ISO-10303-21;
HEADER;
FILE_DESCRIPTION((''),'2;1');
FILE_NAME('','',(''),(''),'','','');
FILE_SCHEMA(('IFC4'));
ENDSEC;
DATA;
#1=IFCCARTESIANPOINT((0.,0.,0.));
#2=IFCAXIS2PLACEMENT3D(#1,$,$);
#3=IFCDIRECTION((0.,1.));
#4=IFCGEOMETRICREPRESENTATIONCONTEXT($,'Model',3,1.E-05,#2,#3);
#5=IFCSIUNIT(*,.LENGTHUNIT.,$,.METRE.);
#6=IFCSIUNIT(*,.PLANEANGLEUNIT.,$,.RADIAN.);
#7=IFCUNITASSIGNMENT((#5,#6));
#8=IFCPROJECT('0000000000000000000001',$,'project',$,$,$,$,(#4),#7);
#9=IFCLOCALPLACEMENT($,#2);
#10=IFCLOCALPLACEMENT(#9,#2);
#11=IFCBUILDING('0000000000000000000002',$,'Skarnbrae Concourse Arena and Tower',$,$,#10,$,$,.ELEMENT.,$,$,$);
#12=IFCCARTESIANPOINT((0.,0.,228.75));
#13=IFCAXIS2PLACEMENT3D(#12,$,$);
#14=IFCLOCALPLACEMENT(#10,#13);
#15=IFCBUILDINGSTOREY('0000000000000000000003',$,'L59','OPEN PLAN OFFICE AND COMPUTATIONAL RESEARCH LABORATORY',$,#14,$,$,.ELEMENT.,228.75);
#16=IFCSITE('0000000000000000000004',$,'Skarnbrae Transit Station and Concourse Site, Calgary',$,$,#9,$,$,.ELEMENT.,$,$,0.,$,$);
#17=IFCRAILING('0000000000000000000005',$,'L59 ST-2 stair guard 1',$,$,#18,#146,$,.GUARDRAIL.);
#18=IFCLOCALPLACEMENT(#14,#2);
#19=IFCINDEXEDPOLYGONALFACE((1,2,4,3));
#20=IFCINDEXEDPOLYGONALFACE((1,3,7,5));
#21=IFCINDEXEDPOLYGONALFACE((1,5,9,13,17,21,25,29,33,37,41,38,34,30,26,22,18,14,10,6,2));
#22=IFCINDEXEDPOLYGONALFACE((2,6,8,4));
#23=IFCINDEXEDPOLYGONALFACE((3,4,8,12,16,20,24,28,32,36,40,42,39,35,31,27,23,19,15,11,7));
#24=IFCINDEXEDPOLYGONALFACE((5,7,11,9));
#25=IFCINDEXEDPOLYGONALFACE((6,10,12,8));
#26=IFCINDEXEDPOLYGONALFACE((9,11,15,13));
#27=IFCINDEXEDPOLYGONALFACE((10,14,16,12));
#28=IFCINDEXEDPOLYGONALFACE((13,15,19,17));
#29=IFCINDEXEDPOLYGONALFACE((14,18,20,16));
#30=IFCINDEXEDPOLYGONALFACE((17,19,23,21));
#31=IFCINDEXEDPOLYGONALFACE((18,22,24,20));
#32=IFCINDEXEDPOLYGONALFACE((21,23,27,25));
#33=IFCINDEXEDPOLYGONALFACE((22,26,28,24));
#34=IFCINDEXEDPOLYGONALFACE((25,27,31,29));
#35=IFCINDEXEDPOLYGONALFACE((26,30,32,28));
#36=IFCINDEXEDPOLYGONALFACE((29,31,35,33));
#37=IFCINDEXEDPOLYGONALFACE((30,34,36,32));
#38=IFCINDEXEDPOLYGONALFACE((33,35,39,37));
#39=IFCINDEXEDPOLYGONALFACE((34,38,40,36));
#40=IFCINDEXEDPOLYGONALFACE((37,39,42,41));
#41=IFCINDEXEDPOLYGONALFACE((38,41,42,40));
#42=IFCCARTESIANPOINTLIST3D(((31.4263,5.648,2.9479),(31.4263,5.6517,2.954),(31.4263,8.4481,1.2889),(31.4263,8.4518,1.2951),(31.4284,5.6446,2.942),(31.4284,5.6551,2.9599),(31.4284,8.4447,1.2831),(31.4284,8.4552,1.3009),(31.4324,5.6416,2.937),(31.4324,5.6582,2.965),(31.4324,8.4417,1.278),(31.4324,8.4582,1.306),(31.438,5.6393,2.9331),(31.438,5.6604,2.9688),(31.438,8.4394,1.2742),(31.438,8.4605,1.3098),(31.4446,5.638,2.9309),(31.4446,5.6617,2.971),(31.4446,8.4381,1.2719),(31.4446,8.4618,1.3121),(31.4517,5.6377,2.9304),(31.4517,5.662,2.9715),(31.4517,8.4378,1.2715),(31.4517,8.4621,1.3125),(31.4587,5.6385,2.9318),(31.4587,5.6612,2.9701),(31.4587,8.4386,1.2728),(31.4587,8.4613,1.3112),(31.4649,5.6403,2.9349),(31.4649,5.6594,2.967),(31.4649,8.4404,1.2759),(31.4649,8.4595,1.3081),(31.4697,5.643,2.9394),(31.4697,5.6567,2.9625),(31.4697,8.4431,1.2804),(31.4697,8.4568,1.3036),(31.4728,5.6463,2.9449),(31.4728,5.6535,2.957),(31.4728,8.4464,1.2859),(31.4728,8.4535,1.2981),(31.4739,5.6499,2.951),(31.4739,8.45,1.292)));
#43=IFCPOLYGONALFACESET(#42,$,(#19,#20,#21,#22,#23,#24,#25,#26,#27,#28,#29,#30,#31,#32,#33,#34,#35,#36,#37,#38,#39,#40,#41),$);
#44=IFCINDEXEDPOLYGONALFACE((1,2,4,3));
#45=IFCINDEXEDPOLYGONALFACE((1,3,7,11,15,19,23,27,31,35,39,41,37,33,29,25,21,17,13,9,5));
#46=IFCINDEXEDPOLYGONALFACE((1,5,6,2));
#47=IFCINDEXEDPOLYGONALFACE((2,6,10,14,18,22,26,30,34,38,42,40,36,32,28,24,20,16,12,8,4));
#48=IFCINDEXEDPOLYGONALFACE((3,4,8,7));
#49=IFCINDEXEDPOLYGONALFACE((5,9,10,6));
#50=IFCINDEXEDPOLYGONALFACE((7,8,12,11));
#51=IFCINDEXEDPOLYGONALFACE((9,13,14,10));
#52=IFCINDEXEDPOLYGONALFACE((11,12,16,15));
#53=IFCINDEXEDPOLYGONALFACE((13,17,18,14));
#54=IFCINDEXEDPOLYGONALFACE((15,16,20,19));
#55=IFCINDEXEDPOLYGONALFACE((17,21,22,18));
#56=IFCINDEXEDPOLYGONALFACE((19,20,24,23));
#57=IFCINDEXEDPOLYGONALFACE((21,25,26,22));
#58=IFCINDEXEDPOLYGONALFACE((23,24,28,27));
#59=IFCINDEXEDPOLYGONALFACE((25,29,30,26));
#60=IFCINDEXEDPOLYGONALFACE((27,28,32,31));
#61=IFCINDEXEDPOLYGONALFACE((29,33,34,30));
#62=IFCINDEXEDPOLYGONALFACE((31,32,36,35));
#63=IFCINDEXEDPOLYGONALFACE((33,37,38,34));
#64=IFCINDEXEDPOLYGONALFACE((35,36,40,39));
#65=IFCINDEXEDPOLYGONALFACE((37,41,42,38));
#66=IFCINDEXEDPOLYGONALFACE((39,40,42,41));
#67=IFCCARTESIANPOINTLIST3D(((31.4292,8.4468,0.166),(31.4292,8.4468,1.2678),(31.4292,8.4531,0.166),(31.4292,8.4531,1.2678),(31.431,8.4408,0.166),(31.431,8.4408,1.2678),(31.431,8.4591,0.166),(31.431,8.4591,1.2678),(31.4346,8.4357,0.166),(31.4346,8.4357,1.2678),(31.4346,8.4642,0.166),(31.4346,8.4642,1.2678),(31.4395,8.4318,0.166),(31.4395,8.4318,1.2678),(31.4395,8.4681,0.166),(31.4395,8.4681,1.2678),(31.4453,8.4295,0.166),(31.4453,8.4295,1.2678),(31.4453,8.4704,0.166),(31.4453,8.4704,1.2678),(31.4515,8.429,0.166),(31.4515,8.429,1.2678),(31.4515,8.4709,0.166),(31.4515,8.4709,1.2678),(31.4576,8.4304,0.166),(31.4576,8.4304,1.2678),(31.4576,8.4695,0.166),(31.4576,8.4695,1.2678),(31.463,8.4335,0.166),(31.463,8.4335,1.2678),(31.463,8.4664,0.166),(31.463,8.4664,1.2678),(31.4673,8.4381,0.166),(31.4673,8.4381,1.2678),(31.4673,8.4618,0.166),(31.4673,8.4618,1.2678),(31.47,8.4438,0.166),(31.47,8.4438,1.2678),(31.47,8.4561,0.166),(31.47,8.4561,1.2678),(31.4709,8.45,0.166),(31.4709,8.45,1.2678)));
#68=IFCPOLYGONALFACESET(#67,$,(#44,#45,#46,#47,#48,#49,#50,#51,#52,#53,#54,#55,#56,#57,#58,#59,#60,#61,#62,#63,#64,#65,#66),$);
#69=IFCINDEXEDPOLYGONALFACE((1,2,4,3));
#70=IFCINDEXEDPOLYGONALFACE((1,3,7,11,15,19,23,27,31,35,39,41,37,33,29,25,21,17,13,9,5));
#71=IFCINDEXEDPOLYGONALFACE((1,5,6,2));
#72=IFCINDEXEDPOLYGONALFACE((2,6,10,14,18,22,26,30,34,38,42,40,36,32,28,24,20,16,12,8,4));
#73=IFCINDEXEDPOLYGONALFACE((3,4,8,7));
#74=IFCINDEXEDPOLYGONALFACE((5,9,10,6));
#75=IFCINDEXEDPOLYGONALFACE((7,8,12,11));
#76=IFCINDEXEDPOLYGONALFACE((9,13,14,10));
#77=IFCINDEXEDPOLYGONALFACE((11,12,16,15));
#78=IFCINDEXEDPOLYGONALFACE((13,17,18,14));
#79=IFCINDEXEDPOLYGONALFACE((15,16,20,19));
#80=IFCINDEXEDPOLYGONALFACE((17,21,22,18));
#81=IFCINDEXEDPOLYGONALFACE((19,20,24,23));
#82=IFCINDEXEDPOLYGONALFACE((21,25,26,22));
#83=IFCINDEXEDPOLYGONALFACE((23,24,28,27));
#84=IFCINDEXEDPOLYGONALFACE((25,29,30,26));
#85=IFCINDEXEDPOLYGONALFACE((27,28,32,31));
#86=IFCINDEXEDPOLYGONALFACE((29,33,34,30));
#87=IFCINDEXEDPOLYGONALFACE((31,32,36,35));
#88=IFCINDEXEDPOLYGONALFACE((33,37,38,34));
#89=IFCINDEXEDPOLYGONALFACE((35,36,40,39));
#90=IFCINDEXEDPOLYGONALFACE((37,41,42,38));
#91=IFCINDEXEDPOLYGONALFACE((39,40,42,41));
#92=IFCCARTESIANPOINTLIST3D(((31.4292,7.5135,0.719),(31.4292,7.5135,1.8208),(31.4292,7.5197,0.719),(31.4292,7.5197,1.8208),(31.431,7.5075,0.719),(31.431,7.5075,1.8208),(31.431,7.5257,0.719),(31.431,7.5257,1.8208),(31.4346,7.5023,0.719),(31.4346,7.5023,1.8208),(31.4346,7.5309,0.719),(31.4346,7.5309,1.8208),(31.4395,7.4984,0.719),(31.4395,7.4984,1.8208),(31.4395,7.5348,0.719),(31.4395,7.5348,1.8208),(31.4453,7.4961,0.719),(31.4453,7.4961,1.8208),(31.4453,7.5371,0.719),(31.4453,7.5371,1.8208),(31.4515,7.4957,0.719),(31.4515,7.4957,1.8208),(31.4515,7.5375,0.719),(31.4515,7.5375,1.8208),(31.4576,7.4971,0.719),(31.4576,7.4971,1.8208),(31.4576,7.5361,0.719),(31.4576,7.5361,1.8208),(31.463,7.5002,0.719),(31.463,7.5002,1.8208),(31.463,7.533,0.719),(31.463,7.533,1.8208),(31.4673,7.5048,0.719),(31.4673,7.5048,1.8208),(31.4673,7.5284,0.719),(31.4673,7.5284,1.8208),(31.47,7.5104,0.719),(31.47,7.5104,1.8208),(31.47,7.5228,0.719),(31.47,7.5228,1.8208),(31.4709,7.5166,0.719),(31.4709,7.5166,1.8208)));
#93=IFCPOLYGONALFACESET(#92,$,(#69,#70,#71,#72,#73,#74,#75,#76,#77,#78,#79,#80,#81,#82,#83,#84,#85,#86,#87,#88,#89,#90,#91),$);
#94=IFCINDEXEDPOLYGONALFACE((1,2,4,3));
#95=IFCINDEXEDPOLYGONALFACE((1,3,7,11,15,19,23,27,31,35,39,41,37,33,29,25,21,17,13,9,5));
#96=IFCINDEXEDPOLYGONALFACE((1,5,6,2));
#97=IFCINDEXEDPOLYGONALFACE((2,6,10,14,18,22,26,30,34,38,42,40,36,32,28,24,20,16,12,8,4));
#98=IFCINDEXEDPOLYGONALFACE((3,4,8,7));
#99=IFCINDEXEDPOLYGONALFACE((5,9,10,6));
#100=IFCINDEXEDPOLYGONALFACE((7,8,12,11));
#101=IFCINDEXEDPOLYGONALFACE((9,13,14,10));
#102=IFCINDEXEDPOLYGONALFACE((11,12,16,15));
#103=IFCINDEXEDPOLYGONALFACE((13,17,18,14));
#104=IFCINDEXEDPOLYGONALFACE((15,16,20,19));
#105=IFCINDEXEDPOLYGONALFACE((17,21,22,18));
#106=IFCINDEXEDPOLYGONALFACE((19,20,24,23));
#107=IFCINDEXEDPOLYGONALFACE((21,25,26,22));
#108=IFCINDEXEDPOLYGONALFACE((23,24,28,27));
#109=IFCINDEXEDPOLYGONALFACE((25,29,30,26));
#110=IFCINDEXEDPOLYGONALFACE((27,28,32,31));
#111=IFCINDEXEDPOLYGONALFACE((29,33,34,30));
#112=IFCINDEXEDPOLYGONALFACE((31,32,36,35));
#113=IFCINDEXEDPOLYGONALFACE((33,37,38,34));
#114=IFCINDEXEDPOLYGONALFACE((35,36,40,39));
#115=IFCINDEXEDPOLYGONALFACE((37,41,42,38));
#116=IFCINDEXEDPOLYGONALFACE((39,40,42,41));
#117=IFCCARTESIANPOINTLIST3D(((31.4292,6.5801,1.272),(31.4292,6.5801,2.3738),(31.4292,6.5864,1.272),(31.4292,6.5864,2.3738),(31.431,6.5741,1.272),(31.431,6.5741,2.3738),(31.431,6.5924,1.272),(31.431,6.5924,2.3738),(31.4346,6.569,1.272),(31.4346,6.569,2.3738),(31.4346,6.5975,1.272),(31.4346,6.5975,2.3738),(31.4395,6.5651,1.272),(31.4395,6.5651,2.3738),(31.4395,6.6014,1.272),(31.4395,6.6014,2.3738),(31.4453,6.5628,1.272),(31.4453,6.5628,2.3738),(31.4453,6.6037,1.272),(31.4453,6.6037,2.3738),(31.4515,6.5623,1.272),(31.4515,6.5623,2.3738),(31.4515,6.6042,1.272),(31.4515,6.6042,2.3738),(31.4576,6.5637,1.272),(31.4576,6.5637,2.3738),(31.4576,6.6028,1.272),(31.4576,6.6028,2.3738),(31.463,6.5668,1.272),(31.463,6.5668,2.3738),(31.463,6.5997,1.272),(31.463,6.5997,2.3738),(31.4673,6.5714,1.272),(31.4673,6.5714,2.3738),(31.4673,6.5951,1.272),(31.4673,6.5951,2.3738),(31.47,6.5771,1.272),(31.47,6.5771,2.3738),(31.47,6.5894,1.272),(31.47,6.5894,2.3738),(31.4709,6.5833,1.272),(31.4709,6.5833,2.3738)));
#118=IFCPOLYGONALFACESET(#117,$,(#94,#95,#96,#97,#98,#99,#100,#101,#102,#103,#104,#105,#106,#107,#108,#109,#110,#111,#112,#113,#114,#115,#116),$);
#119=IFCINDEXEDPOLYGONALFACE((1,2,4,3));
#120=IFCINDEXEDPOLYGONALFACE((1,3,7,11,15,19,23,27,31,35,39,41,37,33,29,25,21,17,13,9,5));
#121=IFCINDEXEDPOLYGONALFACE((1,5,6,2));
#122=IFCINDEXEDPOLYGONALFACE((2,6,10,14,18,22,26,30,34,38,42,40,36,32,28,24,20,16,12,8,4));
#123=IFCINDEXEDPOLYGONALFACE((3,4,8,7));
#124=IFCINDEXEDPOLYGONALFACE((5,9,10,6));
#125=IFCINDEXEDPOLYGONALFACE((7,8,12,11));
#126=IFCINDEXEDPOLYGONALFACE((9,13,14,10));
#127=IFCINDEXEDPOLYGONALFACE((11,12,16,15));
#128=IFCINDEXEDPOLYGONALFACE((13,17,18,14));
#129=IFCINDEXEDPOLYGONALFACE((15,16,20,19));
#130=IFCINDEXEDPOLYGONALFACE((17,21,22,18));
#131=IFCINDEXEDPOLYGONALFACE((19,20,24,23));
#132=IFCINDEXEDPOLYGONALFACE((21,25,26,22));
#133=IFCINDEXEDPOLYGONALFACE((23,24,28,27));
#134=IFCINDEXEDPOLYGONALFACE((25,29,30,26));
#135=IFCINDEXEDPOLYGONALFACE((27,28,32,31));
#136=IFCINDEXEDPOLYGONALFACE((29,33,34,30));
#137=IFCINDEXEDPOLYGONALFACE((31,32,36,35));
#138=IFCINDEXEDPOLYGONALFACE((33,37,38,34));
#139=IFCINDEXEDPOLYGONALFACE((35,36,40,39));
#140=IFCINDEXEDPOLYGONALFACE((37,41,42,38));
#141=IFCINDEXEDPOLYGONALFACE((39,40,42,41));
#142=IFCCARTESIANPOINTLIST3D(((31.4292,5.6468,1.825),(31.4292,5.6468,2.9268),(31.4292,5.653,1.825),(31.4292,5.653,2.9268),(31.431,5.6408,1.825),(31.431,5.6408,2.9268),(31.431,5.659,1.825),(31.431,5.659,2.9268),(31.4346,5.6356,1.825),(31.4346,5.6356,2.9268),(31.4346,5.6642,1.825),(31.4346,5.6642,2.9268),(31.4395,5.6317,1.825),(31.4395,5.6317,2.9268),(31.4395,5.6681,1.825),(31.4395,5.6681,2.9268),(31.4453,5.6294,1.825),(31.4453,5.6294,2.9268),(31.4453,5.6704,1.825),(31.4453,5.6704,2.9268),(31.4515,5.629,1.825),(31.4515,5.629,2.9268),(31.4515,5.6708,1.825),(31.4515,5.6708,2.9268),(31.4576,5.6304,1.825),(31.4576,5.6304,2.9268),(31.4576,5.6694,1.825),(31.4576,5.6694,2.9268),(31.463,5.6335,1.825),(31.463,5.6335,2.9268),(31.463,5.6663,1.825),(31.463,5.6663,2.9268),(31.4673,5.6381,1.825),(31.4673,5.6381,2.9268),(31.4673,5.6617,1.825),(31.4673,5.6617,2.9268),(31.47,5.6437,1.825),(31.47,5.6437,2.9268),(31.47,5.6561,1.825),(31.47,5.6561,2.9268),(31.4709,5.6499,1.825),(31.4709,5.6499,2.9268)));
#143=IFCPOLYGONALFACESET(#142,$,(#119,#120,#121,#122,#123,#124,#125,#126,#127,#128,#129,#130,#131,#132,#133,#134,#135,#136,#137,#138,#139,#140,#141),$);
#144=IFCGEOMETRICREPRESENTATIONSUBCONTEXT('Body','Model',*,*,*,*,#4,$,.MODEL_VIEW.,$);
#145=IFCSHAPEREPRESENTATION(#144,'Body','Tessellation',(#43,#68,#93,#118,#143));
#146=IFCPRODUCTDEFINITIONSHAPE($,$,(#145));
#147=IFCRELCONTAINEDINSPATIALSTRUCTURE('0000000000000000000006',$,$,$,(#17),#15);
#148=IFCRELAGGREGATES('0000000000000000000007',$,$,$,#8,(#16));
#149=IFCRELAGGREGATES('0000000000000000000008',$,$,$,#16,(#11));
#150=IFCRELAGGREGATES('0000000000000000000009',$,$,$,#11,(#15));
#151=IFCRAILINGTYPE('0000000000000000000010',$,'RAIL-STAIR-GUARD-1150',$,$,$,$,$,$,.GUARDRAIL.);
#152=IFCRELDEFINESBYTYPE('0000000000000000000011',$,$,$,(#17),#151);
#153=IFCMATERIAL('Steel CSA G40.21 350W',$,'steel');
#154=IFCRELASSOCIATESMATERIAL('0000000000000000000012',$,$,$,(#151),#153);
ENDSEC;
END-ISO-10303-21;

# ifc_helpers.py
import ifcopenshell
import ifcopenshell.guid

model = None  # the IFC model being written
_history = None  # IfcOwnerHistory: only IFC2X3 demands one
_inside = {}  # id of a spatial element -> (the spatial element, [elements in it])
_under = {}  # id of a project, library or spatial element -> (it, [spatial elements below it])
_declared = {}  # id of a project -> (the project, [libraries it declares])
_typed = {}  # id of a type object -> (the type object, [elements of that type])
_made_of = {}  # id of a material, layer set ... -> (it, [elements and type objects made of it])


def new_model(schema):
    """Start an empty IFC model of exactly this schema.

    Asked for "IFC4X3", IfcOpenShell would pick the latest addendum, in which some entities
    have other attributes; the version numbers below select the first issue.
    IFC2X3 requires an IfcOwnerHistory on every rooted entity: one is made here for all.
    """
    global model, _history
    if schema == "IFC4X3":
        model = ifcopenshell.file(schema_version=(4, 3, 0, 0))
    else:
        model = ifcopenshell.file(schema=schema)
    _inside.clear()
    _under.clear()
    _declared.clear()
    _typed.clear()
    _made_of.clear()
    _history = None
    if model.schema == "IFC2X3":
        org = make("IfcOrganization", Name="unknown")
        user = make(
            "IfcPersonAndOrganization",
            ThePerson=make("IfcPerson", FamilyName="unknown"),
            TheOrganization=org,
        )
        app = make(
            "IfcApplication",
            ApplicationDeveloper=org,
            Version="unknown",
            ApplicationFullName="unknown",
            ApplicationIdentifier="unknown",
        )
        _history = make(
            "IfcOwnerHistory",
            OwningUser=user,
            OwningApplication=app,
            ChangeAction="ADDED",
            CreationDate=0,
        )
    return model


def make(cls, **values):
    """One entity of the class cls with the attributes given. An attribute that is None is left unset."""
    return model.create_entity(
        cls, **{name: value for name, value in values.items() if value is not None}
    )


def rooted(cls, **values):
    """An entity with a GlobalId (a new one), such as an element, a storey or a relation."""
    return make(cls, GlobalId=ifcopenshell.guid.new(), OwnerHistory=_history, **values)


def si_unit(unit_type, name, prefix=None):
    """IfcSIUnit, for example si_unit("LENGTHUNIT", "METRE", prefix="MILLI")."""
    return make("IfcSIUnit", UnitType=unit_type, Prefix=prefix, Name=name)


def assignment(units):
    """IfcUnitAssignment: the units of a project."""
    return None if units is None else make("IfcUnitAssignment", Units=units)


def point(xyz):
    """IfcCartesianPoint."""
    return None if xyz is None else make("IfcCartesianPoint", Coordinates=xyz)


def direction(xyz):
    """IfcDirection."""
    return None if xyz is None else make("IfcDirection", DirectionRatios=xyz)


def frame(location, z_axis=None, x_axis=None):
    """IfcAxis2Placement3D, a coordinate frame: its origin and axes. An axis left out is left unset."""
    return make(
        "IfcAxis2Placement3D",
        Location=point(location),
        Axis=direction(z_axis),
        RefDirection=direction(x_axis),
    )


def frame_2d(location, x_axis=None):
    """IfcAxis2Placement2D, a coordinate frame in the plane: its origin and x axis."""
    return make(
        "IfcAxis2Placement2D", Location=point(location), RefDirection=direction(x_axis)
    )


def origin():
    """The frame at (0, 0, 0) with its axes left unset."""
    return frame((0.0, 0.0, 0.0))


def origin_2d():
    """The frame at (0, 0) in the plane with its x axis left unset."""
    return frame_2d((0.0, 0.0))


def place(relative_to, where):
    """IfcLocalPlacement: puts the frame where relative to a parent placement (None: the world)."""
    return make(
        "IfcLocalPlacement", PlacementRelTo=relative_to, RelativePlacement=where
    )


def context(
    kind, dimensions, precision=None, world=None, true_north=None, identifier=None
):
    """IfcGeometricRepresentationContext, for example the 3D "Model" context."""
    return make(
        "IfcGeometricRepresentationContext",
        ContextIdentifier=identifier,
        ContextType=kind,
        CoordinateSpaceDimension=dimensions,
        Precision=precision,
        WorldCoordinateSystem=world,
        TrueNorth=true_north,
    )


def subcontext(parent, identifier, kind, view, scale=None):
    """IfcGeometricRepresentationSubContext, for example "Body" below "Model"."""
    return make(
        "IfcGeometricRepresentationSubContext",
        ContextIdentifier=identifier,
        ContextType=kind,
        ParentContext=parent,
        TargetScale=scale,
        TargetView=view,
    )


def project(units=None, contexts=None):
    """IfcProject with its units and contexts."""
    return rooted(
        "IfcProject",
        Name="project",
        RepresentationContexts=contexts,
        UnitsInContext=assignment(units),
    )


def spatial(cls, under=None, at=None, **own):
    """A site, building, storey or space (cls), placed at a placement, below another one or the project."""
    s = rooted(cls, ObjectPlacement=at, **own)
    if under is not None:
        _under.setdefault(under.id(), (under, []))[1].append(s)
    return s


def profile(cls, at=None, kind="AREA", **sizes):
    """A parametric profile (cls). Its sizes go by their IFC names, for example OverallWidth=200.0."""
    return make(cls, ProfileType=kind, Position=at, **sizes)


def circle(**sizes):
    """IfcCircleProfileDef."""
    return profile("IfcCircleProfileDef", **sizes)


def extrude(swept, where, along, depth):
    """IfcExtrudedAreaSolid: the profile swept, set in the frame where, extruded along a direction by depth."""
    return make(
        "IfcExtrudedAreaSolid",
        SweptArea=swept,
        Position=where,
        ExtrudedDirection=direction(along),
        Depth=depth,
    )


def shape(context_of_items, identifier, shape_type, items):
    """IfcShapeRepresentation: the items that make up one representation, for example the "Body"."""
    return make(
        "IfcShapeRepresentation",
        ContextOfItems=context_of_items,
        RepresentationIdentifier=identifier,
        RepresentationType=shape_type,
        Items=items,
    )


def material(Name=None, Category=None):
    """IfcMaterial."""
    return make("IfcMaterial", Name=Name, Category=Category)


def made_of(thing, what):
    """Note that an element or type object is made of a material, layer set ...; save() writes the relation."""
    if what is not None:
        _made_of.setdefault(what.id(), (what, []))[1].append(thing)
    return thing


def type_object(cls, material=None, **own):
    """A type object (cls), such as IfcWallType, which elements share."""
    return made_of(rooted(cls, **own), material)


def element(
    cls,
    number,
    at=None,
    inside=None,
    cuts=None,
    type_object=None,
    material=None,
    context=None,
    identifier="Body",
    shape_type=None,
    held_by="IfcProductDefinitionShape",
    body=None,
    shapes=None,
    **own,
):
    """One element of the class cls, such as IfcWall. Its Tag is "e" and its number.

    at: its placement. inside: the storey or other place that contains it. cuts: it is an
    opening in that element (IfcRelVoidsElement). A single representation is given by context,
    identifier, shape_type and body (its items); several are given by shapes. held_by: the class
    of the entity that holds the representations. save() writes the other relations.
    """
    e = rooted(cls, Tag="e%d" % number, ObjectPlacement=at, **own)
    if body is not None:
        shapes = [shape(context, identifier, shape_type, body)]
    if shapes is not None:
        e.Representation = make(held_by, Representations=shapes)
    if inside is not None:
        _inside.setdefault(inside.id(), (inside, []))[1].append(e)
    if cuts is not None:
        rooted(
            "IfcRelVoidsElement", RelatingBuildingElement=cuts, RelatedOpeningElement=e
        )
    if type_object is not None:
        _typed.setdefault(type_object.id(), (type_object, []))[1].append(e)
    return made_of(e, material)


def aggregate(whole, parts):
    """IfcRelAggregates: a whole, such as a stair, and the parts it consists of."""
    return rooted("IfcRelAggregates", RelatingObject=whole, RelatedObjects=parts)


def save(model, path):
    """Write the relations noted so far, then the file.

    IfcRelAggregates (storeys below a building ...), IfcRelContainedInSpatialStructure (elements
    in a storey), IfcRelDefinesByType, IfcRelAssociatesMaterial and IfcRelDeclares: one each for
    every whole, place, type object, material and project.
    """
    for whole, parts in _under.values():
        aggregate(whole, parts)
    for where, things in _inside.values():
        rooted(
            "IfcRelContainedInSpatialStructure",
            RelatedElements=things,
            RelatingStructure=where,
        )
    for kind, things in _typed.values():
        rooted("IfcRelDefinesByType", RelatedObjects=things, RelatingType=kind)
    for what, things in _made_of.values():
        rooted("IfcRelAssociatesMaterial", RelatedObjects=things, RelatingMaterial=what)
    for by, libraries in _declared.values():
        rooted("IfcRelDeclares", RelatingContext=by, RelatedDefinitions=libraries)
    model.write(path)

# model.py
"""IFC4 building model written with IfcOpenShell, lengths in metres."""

from ifc_helpers import new_model, si_unit, direction, frame, origin, origin_2d, place, context, subcontext, project, spatial, circle, extrude, material, type_object, element, save


model = new_model("IFC4")

# Units and contexts
model_context = context("Model", 3, precision=1e-05, world=origin(), true_north=direction((0.0, 1.0)))
body_context = subcontext(model_context, "Body", "Model", "MODEL_VIEW")
ifc_project = project(units=[si_unit("LENGTHUNIT", "METRE"), si_unit("PLANEANGLEUNIT", "RADIAN")], contexts=[model_context])

# Site, building, storey
site_placement = place(None, origin())
site = spatial("IfcSite", under=ifc_project, at=site_placement, Name="Skarnbrae Transit Station and Concourse Site, Calgary", CompositionType="ELEMENT", RefElevation=0.0)
building_placement = place(site_placement, origin())
building = spatial("IfcBuilding", under=site, at=building_placement, Name="Skarnbrae Concourse Arena and Tower", CompositionType="ELEMENT")
storey_placement = place(building_placement, frame((0.0, 0.0, 228.75)))
storey = spatial("IfcBuildingStorey", under=building, at=storey_placement, Name="L59", Description="OPEN PLAN OFFICE AND COMPUTATIONAL RESEARCH LABORATORY", CompositionType="ELEMENT", Elevation=228.75)

# Shared definitions
ifc_material_1 = material(Name="Steel CSA G40.21 350W", Category="steel")

# Railing
railing_type = type_object("IfcRailingType", Name="RAIL-STAIR-GUARD-1150", PredefinedType="GUARDRAIL", material=ifc_material_1)
railing_1_placement = place(storey_placement, frame((31.45, 8.45, 0.166)))
element("IfcRailing", 1, at=railing_1_placement, inside=storey, type_object=railing_type, Name="L59 ST-2 stair guard 1", PredefinedType="GUARDRAIL", context=body_context, shape_type="SweptSolid", body=[
    extrude(circle(Radius=0.0239, at=origin_2d()), frame((0.0, 0.0, 1.126), z_axis=(0.0, -0.860339, 0.509722), x_axis=(1.0, 0.0, 0.0)), (0.0, 0.0, 1.0), 3.2546),
    extrude(circle(Radius=0.021, at=origin_2d()), origin(), (0.0, 0.0, 1.0), 1.1018),
    extrude(circle(Radius=0.021, at=origin_2d()), frame((0.0, -0.9333, 0.553)), (0.0, 0.0, 1.0), 1.1018),
    extrude(circle(Radius=0.021, at=origin_2d()), frame((0.0, -1.8667, 1.106)), (0.0, 0.0, 1.0), 1.1018),
    extrude(circle(Radius=0.021, at=origin_2d()), frame((0.0, -2.8, 1.6589)), (0.0, 0.0, 1.0), 1.1018),
])

save(model, "model.ifc")
